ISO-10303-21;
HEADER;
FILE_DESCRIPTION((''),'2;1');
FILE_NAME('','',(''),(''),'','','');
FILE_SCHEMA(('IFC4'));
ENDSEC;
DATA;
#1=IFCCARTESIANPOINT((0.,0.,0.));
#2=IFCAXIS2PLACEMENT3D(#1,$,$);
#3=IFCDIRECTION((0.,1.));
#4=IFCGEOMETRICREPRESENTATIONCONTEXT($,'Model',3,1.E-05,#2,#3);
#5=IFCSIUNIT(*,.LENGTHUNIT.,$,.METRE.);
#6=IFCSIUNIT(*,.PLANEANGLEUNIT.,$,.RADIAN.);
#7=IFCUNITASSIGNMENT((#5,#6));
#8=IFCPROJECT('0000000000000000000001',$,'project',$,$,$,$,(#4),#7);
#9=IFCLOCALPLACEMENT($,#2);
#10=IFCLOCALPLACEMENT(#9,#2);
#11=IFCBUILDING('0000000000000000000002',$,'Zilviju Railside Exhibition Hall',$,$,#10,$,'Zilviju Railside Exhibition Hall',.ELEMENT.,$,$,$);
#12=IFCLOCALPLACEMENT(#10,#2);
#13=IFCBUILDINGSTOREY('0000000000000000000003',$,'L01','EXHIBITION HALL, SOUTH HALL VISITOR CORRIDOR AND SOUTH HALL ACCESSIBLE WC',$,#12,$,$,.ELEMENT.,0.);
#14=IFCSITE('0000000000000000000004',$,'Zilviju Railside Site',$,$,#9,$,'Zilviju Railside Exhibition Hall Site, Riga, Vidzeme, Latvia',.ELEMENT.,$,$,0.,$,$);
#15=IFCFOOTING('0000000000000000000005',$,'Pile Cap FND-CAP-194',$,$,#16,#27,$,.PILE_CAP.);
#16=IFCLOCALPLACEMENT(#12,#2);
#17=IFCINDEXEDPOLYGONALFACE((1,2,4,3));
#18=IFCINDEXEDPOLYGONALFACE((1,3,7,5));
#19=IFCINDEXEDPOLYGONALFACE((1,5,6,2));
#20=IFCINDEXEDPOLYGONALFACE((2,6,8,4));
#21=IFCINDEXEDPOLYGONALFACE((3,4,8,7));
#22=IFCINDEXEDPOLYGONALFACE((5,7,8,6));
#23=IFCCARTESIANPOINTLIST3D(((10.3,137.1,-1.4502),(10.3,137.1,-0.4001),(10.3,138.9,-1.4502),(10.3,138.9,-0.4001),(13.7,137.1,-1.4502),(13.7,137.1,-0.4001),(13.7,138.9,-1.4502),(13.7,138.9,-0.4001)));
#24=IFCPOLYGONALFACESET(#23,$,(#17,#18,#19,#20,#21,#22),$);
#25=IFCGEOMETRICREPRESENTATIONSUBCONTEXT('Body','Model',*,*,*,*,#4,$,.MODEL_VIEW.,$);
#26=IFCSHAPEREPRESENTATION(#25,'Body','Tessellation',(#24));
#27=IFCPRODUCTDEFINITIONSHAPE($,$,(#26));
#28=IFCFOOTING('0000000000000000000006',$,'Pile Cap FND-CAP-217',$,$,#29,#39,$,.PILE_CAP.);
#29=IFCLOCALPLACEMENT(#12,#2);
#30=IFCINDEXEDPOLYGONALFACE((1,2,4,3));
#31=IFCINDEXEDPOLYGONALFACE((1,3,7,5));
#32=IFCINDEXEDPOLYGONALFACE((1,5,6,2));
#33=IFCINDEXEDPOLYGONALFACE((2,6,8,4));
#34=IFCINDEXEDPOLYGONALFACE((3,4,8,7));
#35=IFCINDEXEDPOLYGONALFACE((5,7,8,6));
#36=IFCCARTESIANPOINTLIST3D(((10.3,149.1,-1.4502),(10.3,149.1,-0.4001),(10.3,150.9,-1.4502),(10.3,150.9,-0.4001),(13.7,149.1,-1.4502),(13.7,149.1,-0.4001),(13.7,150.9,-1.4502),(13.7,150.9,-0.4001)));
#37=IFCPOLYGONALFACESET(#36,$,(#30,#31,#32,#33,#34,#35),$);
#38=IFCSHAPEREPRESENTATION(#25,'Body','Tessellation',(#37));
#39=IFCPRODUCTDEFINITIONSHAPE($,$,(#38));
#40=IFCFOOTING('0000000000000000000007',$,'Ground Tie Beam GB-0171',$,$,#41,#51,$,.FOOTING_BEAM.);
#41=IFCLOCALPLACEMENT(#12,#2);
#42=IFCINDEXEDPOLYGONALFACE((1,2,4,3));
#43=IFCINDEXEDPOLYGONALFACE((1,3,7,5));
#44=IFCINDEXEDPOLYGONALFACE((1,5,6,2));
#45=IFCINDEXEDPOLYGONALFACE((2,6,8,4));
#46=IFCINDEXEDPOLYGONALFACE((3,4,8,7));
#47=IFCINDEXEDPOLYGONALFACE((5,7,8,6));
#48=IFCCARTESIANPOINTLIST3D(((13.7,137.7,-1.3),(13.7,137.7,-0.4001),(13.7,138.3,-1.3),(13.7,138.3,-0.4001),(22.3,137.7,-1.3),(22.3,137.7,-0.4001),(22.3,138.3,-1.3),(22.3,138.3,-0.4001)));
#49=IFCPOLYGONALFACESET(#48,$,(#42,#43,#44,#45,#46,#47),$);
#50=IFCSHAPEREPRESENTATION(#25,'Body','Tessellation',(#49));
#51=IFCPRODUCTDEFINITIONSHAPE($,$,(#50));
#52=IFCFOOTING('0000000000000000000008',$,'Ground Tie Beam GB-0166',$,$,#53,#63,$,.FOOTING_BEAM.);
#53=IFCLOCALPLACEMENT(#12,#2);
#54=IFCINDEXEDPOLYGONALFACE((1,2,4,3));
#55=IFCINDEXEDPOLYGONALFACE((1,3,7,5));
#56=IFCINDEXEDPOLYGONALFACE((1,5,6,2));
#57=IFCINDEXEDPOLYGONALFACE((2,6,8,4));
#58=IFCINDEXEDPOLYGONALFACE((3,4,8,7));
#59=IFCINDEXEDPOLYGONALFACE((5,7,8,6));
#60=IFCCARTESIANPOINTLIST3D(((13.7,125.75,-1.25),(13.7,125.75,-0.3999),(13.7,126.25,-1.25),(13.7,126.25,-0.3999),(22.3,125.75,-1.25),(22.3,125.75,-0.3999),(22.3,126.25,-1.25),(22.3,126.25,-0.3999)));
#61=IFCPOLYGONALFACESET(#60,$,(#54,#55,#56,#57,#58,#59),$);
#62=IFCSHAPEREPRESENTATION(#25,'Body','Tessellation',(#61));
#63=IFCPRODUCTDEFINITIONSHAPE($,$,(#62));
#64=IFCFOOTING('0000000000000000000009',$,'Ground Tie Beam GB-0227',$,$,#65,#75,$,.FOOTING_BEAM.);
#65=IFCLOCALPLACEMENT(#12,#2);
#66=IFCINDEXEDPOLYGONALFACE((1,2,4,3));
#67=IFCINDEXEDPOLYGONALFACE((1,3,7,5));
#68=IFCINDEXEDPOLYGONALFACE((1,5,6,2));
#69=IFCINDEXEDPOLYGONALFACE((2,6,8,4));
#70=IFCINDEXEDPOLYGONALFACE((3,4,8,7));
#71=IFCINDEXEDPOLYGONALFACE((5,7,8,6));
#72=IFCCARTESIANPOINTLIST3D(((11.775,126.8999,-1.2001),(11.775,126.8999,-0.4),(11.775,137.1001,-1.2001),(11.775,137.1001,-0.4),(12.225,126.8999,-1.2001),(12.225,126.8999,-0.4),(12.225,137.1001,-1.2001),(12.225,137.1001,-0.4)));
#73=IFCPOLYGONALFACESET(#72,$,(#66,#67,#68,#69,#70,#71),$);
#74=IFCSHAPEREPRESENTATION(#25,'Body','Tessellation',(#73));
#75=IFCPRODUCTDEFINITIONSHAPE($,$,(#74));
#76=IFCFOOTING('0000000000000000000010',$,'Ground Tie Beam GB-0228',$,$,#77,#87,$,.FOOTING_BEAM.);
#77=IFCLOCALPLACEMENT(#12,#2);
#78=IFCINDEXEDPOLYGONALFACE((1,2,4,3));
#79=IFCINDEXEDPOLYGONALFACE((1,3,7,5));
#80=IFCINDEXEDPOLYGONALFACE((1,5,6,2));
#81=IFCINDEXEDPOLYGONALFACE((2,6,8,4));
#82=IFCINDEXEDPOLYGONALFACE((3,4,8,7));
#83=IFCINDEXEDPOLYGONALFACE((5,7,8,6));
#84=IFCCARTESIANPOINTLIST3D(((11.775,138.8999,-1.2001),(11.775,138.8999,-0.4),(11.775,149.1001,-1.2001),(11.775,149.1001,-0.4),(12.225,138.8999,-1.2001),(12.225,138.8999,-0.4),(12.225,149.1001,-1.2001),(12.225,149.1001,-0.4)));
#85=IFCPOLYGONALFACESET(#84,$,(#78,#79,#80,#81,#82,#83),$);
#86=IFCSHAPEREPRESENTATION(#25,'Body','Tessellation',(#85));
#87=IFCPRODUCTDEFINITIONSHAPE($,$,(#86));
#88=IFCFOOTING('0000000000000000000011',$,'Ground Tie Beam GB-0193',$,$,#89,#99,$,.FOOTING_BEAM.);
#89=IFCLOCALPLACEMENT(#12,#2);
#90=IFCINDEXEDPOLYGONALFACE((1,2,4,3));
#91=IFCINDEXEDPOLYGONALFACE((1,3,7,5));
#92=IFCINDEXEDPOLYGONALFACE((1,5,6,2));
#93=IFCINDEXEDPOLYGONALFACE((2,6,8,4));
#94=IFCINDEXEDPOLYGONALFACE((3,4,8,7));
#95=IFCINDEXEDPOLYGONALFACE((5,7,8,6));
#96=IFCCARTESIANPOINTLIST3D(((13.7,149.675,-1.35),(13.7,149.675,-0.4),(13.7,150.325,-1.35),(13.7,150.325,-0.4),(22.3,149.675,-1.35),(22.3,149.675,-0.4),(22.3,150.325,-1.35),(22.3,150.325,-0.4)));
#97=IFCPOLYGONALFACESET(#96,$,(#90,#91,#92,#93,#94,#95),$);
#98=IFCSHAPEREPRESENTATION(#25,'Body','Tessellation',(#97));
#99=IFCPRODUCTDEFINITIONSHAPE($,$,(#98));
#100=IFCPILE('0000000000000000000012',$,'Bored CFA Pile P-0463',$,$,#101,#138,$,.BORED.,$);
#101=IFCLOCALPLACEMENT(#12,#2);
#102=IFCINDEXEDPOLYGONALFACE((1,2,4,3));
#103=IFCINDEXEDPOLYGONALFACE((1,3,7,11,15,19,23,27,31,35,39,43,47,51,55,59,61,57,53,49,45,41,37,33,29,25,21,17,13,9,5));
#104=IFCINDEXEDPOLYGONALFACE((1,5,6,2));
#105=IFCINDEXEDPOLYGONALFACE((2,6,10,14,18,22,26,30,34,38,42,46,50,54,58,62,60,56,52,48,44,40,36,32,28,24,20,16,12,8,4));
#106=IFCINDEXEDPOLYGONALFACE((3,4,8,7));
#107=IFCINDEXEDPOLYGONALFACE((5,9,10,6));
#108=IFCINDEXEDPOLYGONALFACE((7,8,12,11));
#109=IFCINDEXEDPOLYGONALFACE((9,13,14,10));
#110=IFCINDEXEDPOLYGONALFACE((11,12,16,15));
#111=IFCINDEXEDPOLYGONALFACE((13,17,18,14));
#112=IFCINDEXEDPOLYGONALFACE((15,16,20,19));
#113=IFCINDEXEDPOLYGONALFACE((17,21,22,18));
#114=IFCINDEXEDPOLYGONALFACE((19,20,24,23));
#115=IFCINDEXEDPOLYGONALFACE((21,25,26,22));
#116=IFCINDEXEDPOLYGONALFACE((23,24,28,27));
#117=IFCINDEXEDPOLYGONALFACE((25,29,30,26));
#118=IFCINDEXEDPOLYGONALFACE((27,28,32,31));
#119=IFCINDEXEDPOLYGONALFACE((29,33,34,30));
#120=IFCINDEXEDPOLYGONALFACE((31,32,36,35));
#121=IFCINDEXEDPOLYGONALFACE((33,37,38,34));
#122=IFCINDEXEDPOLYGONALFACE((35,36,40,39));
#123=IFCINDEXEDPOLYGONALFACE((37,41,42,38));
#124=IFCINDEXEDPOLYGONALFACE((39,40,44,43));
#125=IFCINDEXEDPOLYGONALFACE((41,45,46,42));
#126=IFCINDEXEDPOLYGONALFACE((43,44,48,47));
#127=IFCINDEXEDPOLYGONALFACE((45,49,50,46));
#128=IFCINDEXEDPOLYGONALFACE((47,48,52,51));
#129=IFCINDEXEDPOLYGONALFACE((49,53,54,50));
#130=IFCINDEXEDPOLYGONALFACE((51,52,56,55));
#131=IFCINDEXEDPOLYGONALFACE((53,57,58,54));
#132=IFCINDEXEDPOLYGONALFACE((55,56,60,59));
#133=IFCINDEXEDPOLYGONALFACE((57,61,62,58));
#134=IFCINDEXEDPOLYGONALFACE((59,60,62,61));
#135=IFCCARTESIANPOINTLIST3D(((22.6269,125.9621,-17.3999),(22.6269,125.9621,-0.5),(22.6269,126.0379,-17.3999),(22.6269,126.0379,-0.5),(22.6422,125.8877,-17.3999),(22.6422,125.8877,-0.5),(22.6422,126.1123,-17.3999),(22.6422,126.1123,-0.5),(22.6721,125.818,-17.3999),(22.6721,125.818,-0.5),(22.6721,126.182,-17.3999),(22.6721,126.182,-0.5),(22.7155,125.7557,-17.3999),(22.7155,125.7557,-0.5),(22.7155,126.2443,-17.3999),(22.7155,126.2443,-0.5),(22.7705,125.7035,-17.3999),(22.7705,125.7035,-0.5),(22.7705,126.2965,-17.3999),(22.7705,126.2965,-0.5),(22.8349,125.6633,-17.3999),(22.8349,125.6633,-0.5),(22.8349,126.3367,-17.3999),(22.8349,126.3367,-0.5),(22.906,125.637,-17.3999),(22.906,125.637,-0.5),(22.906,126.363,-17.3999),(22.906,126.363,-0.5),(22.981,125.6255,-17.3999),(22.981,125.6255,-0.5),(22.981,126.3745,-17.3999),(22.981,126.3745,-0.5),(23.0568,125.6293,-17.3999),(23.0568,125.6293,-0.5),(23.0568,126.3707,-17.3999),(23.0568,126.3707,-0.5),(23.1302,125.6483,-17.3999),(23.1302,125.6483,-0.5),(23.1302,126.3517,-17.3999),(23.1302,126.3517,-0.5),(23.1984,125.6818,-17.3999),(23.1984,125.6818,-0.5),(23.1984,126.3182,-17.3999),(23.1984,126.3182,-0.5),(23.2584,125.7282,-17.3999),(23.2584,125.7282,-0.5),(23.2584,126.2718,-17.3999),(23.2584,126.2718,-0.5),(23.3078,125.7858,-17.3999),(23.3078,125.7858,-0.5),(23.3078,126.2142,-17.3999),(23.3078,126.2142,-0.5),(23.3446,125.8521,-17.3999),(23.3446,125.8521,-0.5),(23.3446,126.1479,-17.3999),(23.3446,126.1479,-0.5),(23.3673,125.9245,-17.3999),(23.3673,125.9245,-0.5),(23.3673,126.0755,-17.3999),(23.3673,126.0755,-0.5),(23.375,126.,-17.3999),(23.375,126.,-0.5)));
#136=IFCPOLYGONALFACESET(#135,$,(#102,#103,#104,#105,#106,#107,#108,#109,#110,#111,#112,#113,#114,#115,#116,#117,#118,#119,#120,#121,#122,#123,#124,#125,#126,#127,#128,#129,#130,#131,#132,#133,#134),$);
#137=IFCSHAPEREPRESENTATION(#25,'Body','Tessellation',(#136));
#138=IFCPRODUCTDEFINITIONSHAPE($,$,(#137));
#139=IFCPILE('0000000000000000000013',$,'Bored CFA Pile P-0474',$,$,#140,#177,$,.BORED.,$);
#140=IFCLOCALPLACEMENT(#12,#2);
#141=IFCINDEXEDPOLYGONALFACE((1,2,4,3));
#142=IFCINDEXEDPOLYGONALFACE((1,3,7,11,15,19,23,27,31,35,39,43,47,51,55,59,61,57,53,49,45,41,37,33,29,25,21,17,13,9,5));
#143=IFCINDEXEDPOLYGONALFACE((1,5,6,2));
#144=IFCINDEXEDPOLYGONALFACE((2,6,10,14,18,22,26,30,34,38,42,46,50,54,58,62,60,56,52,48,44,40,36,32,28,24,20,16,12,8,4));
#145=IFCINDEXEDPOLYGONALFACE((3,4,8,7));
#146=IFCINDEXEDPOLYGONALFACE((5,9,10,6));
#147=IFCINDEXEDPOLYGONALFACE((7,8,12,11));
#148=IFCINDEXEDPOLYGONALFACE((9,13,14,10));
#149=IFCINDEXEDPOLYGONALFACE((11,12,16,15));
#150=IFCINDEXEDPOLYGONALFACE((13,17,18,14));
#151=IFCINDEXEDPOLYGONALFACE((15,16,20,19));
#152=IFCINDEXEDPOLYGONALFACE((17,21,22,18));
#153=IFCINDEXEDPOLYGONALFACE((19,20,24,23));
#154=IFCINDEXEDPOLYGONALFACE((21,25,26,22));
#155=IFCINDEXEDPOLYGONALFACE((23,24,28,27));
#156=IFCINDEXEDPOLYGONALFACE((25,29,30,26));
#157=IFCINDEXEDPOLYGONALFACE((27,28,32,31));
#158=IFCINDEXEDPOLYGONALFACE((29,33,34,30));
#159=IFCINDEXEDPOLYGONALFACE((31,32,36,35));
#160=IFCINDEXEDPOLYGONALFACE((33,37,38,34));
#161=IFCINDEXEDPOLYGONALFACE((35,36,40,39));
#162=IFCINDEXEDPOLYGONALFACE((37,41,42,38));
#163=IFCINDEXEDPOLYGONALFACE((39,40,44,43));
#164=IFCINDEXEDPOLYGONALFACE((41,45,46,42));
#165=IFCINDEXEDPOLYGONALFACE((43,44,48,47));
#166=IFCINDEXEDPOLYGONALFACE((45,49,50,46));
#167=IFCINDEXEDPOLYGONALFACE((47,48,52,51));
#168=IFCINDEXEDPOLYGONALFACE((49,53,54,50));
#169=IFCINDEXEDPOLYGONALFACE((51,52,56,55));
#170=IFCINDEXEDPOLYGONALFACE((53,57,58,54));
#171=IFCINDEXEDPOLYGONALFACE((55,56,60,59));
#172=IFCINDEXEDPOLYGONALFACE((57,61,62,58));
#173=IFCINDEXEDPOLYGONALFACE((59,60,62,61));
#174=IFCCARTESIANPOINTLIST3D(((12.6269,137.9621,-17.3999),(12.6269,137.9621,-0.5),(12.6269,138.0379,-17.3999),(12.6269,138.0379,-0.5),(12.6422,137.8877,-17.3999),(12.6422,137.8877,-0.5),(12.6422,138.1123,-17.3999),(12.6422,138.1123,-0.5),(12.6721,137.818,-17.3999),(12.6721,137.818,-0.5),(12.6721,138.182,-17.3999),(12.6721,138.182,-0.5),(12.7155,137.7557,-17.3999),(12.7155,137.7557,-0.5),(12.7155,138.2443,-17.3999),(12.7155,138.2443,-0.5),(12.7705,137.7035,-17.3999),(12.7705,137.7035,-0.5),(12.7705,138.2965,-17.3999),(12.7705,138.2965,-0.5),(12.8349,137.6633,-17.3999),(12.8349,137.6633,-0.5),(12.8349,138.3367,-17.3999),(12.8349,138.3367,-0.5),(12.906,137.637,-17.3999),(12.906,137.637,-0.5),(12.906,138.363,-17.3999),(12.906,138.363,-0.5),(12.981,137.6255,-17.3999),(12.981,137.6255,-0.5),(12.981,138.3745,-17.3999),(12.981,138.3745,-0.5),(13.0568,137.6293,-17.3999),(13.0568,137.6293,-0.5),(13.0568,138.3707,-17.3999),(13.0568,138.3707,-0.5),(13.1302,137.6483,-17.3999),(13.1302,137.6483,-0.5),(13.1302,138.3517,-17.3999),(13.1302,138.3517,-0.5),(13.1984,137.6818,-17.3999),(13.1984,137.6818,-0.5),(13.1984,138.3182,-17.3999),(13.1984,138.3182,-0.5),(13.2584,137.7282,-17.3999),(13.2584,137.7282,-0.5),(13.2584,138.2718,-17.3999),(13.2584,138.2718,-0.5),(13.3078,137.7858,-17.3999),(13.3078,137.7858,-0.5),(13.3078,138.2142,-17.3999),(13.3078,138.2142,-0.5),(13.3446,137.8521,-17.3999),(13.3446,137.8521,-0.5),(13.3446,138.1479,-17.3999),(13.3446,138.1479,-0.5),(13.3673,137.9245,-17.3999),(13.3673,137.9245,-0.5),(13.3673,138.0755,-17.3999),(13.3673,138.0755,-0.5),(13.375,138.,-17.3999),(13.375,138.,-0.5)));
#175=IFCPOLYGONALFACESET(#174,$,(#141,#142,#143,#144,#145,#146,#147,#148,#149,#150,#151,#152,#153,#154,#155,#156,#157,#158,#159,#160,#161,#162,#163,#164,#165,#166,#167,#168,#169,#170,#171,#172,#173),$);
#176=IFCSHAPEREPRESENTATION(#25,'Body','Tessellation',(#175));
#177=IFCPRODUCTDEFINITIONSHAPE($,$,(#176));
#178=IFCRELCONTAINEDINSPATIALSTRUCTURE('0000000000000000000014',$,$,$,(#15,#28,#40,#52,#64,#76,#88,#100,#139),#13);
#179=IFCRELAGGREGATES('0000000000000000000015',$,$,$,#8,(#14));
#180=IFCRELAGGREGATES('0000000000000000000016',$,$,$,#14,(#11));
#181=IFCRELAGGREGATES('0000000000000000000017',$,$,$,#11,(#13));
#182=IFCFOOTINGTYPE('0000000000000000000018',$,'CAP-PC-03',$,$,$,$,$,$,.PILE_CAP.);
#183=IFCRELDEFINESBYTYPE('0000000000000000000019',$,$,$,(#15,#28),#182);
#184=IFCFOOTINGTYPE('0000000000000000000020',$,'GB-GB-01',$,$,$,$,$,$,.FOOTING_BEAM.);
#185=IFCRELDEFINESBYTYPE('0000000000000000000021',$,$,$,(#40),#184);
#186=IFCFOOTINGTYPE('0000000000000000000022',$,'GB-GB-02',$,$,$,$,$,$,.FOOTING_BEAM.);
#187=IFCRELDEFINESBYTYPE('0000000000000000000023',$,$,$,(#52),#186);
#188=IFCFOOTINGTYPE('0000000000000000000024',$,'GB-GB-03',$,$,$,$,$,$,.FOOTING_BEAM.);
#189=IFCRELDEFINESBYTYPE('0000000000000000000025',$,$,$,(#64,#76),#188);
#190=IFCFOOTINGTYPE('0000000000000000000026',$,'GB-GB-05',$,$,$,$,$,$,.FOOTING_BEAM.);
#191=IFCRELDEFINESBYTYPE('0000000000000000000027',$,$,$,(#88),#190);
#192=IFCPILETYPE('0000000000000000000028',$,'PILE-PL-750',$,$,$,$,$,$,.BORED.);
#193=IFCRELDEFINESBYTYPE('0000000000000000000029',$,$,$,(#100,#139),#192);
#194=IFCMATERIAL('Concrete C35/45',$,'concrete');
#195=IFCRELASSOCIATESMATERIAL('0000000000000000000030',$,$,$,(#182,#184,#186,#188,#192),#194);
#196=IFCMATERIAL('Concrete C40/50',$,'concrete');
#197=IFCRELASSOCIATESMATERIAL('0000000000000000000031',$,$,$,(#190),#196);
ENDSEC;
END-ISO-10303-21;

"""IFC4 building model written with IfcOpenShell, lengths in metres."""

from ifc_helpers import new_model, si_unit, direction, frame, origin, origin_2d, place, context, subcontext, project, spatial, rectangle, circle, extrude, material, material_profile, profile_set, type_object, element, save


model = new_model("IFC4")

# Units and contexts
model_context = context("Model", 3, precision=1e-05, world=origin(), true_north=direction((0.0, 1.0)))
body_context = subcontext(model_context, "Body", "Model", "MODEL_VIEW")
ifc_project = project(units=[si_unit("LENGTHUNIT", "METRE"), si_unit("PLANEANGLEUNIT", "RADIAN")], contexts=[model_context])

# Site, building, storey
site_placement = place(None, origin())
site = spatial("IfcSite", under=ifc_project, at=site_placement, Name="Zilviju Railside Site", LongName="Zilviju Railside Exhibition Hall Site, Riga, Vidzeme, Latvia", CompositionType="ELEMENT", RefElevation=0.0)
building_placement = place(site_placement, origin())
building = spatial("IfcBuilding", under=site, at=building_placement, Name="Zilviju Railside Exhibition Hall", LongName="Zilviju Railside Exhibition Hall", CompositionType="ELEMENT")
storey_placement = place(building_placement, origin())
storey = spatial("IfcBuildingStorey", under=building, at=storey_placement, Name="L01", Description="EXHIBITION HALL, SOUTH HALL VISITOR CORRIDOR AND SOUTH HALL ACCESSIBLE WC", CompositionType="ELEMENT", Elevation=0.0)

# Footings
ifc_material_1 = material(Name="Concrete C35/45", Category="concrete")
footing_type_1 = type_object("IfcFootingType", Name="CAP-PC-03", PredefinedType="PILE_CAP", material=ifc_material_1)
for number, where, z_axis, x_axis, name in (
    (1, (12.0, 138.0, -1.4502), (0.0, 0.0, 1.0), (1.0, 0.0, 0.0), "Pile Cap FND-CAP-194"),
    (2, (12.0, 150.0, -1.4502), (0.0, 0.0, 1.0), (1.0, 0.0, 0.0), "Pile Cap FND-CAP-217"),
):
    element("IfcFooting", number, at=place(storey_placement, frame(where, z_axis=z_axis, x_axis=x_axis)), inside=storey, type_object=footing_type_1, Name=name, PredefinedType="PILE_CAP", context=body_context, shape_type="SweptSolid", body=[
        extrude(rectangle(XDim=3.3999, YDim=1.8, at=origin_2d()), origin(), (0.0, 0.0, 1.0), 1.05),
    ])
ifc_material_profile_1 = material_profile(ifc_material_1, rectangle(XDim=0.6001, YDim=0.8999, at=origin_2d()), Name="TIE BEAM 600x900")
ifc_profile_set_1 = profile_set([ifc_material_profile_1], Name="Concrete C35/45")
footing_type_2 = type_object("IfcFootingType", Name="GB-GB-01", PredefinedType="FOOTING_BEAM", material=ifc_profile_set_1)
footing_1_placement = place(storey_placement, frame((13.7, 138.0, -0.8501), z_axis=(1.0, 0.0, 0.0), x_axis=(0.0, 1.0, 0.0)))
element("IfcFooting", 3, at=footing_1_placement, inside=storey, type_object=footing_type_2, Name="Ground Tie Beam GB-0171", PredefinedType="FOOTING_BEAM", context=body_context, shape_type="SweptSolid", body=[
    extrude(rectangle(XDim=0.6001, YDim=0.8999, at=origin_2d()), origin(), (0.0, 0.0, 1.0), 8.6001),
])
ifc_material_profile_2 = material_profile(ifc_material_1, rectangle(XDim=0.5, YDim=0.8501, at=origin_2d()), Name="TIE BEAM 500x850")
ifc_profile_set_2 = profile_set([ifc_material_profile_2], Name="Concrete C35/45")
footing_type_3 = type_object("IfcFootingType", Name="GB-GB-02", PredefinedType="FOOTING_BEAM", material=ifc_profile_set_2)
footing_2_placement = place(storey_placement, frame((13.7, 126.0, -0.825), z_axis=(1.0, 0.0, 0.0), x_axis=(0.0, 1.0, 0.0)))
element("IfcFooting", 4, at=footing_2_placement, inside=storey, type_object=footing_type_3, Name="Ground Tie Beam GB-0166", PredefinedType="FOOTING_BEAM", context=body_context, shape_type="SweptSolid", body=[
    extrude(rectangle(XDim=0.5, YDim=0.8501, at=origin_2d()), origin(), (0.0, 0.0, 1.0), 8.6001),
])
ifc_material_profile_3 = material_profile(ifc_material_1, rectangle(XDim=0.45, YDim=0.8, at=origin_2d()), Name="TIE BEAM 450x800")
ifc_profile_set_3 = profile_set([ifc_material_profile_3], Name="Concrete C35/45")
footing_type_4 = type_object("IfcFootingType", Name="GB-GB-03", PredefinedType="FOOTING_BEAM", material=ifc_profile_set_3)
for number, where, z_axis, x_axis, name in (
    (5, (12.0, 126.8999, -0.8), (0.0, 1.0, 0.0), (-1.0, 0.0, 0.0), "Ground Tie Beam GB-0227"),
    (6, (12.0, 138.8999, -0.8), (0.0, 1.0, 0.0), (-1.0, 0.0, 0.0), "Ground Tie Beam GB-0228"),
):
    element("IfcFooting", number, at=place(storey_placement, frame(where, z_axis=z_axis, x_axis=x_axis)), inside=storey, type_object=footing_type_4, Name=name, PredefinedType="FOOTING_BEAM", context=body_context, shape_type="SweptSolid", body=[
        extrude(rectangle(XDim=0.45, YDim=0.8, at=origin_2d()), origin(), (0.0, 0.0, 1.0), 10.2002),
    ])
ifc_material_2 = material(Name="Concrete C40/50", Category="concrete")
ifc_material_profile_4 = material_profile(ifc_material_2, rectangle(XDim=0.6499, YDim=0.95, at=origin_2d()), Name="TIE BEAM 650x950")
ifc_profile_set_4 = profile_set([ifc_material_profile_4], Name="Concrete C40/50")
footing_type_5 = type_object("IfcFootingType", Name="GB-GB-05", PredefinedType="FOOTING_BEAM", material=ifc_profile_set_4)
footing_3_placement = place(storey_placement, frame((13.7, 150.0, -0.875), z_axis=(1.0, 0.0, 0.0), x_axis=(0.0, 1.0, 0.0)))
element("IfcFooting", 7, at=footing_3_placement, inside=storey, type_object=footing_type_5, Name="Ground Tie Beam GB-0193", PredefinedType="FOOTING_BEAM", context=body_context, shape_type="SweptSolid", body=[
    extrude(rectangle(XDim=0.6499, YDim=0.95, at=origin_2d()), origin(), (0.0, 0.0, 1.0), 8.6001),
])

# Piles
ifc_material_profile_5 = material_profile(ifc_material_1, circle(Radius=0.375, at=origin_2d()), Name="CFA PILE D750")
ifc_profile_set_5 = profile_set([ifc_material_profile_5], Name="Concrete C35/45")
pile_type = type_object("IfcPileType", Name="PILE-PL-750", PredefinedType="BORED", material=ifc_profile_set_5)
for number, where, z_axis, x_axis, name in (
    (8, (23.0, 126.0, -0.5), (0.0, 0.0, -1.0), (1.0, 0.0, 0.0), "Bored CFA Pile P-0463"),
    (9, (13.0, 138.0, -0.5), (0.0, 0.0, -1.0), (1.0, 0.0, 0.0), "Bored CFA Pile P-0474"),
):
    element("IfcPile", number, at=place(storey_placement, frame(where, z_axis=z_axis, x_axis=x_axis)), inside=storey, type_object=pile_type, Name=name, PredefinedType="BORED", context=body_context, shape_type="SweptSolid", body=[
        extrude(circle(Radius=0.375, at=origin_2d()), origin(), (0.0, 0.0, 1.0), 16.8999),
    ])

save(model, "model.ifc")
